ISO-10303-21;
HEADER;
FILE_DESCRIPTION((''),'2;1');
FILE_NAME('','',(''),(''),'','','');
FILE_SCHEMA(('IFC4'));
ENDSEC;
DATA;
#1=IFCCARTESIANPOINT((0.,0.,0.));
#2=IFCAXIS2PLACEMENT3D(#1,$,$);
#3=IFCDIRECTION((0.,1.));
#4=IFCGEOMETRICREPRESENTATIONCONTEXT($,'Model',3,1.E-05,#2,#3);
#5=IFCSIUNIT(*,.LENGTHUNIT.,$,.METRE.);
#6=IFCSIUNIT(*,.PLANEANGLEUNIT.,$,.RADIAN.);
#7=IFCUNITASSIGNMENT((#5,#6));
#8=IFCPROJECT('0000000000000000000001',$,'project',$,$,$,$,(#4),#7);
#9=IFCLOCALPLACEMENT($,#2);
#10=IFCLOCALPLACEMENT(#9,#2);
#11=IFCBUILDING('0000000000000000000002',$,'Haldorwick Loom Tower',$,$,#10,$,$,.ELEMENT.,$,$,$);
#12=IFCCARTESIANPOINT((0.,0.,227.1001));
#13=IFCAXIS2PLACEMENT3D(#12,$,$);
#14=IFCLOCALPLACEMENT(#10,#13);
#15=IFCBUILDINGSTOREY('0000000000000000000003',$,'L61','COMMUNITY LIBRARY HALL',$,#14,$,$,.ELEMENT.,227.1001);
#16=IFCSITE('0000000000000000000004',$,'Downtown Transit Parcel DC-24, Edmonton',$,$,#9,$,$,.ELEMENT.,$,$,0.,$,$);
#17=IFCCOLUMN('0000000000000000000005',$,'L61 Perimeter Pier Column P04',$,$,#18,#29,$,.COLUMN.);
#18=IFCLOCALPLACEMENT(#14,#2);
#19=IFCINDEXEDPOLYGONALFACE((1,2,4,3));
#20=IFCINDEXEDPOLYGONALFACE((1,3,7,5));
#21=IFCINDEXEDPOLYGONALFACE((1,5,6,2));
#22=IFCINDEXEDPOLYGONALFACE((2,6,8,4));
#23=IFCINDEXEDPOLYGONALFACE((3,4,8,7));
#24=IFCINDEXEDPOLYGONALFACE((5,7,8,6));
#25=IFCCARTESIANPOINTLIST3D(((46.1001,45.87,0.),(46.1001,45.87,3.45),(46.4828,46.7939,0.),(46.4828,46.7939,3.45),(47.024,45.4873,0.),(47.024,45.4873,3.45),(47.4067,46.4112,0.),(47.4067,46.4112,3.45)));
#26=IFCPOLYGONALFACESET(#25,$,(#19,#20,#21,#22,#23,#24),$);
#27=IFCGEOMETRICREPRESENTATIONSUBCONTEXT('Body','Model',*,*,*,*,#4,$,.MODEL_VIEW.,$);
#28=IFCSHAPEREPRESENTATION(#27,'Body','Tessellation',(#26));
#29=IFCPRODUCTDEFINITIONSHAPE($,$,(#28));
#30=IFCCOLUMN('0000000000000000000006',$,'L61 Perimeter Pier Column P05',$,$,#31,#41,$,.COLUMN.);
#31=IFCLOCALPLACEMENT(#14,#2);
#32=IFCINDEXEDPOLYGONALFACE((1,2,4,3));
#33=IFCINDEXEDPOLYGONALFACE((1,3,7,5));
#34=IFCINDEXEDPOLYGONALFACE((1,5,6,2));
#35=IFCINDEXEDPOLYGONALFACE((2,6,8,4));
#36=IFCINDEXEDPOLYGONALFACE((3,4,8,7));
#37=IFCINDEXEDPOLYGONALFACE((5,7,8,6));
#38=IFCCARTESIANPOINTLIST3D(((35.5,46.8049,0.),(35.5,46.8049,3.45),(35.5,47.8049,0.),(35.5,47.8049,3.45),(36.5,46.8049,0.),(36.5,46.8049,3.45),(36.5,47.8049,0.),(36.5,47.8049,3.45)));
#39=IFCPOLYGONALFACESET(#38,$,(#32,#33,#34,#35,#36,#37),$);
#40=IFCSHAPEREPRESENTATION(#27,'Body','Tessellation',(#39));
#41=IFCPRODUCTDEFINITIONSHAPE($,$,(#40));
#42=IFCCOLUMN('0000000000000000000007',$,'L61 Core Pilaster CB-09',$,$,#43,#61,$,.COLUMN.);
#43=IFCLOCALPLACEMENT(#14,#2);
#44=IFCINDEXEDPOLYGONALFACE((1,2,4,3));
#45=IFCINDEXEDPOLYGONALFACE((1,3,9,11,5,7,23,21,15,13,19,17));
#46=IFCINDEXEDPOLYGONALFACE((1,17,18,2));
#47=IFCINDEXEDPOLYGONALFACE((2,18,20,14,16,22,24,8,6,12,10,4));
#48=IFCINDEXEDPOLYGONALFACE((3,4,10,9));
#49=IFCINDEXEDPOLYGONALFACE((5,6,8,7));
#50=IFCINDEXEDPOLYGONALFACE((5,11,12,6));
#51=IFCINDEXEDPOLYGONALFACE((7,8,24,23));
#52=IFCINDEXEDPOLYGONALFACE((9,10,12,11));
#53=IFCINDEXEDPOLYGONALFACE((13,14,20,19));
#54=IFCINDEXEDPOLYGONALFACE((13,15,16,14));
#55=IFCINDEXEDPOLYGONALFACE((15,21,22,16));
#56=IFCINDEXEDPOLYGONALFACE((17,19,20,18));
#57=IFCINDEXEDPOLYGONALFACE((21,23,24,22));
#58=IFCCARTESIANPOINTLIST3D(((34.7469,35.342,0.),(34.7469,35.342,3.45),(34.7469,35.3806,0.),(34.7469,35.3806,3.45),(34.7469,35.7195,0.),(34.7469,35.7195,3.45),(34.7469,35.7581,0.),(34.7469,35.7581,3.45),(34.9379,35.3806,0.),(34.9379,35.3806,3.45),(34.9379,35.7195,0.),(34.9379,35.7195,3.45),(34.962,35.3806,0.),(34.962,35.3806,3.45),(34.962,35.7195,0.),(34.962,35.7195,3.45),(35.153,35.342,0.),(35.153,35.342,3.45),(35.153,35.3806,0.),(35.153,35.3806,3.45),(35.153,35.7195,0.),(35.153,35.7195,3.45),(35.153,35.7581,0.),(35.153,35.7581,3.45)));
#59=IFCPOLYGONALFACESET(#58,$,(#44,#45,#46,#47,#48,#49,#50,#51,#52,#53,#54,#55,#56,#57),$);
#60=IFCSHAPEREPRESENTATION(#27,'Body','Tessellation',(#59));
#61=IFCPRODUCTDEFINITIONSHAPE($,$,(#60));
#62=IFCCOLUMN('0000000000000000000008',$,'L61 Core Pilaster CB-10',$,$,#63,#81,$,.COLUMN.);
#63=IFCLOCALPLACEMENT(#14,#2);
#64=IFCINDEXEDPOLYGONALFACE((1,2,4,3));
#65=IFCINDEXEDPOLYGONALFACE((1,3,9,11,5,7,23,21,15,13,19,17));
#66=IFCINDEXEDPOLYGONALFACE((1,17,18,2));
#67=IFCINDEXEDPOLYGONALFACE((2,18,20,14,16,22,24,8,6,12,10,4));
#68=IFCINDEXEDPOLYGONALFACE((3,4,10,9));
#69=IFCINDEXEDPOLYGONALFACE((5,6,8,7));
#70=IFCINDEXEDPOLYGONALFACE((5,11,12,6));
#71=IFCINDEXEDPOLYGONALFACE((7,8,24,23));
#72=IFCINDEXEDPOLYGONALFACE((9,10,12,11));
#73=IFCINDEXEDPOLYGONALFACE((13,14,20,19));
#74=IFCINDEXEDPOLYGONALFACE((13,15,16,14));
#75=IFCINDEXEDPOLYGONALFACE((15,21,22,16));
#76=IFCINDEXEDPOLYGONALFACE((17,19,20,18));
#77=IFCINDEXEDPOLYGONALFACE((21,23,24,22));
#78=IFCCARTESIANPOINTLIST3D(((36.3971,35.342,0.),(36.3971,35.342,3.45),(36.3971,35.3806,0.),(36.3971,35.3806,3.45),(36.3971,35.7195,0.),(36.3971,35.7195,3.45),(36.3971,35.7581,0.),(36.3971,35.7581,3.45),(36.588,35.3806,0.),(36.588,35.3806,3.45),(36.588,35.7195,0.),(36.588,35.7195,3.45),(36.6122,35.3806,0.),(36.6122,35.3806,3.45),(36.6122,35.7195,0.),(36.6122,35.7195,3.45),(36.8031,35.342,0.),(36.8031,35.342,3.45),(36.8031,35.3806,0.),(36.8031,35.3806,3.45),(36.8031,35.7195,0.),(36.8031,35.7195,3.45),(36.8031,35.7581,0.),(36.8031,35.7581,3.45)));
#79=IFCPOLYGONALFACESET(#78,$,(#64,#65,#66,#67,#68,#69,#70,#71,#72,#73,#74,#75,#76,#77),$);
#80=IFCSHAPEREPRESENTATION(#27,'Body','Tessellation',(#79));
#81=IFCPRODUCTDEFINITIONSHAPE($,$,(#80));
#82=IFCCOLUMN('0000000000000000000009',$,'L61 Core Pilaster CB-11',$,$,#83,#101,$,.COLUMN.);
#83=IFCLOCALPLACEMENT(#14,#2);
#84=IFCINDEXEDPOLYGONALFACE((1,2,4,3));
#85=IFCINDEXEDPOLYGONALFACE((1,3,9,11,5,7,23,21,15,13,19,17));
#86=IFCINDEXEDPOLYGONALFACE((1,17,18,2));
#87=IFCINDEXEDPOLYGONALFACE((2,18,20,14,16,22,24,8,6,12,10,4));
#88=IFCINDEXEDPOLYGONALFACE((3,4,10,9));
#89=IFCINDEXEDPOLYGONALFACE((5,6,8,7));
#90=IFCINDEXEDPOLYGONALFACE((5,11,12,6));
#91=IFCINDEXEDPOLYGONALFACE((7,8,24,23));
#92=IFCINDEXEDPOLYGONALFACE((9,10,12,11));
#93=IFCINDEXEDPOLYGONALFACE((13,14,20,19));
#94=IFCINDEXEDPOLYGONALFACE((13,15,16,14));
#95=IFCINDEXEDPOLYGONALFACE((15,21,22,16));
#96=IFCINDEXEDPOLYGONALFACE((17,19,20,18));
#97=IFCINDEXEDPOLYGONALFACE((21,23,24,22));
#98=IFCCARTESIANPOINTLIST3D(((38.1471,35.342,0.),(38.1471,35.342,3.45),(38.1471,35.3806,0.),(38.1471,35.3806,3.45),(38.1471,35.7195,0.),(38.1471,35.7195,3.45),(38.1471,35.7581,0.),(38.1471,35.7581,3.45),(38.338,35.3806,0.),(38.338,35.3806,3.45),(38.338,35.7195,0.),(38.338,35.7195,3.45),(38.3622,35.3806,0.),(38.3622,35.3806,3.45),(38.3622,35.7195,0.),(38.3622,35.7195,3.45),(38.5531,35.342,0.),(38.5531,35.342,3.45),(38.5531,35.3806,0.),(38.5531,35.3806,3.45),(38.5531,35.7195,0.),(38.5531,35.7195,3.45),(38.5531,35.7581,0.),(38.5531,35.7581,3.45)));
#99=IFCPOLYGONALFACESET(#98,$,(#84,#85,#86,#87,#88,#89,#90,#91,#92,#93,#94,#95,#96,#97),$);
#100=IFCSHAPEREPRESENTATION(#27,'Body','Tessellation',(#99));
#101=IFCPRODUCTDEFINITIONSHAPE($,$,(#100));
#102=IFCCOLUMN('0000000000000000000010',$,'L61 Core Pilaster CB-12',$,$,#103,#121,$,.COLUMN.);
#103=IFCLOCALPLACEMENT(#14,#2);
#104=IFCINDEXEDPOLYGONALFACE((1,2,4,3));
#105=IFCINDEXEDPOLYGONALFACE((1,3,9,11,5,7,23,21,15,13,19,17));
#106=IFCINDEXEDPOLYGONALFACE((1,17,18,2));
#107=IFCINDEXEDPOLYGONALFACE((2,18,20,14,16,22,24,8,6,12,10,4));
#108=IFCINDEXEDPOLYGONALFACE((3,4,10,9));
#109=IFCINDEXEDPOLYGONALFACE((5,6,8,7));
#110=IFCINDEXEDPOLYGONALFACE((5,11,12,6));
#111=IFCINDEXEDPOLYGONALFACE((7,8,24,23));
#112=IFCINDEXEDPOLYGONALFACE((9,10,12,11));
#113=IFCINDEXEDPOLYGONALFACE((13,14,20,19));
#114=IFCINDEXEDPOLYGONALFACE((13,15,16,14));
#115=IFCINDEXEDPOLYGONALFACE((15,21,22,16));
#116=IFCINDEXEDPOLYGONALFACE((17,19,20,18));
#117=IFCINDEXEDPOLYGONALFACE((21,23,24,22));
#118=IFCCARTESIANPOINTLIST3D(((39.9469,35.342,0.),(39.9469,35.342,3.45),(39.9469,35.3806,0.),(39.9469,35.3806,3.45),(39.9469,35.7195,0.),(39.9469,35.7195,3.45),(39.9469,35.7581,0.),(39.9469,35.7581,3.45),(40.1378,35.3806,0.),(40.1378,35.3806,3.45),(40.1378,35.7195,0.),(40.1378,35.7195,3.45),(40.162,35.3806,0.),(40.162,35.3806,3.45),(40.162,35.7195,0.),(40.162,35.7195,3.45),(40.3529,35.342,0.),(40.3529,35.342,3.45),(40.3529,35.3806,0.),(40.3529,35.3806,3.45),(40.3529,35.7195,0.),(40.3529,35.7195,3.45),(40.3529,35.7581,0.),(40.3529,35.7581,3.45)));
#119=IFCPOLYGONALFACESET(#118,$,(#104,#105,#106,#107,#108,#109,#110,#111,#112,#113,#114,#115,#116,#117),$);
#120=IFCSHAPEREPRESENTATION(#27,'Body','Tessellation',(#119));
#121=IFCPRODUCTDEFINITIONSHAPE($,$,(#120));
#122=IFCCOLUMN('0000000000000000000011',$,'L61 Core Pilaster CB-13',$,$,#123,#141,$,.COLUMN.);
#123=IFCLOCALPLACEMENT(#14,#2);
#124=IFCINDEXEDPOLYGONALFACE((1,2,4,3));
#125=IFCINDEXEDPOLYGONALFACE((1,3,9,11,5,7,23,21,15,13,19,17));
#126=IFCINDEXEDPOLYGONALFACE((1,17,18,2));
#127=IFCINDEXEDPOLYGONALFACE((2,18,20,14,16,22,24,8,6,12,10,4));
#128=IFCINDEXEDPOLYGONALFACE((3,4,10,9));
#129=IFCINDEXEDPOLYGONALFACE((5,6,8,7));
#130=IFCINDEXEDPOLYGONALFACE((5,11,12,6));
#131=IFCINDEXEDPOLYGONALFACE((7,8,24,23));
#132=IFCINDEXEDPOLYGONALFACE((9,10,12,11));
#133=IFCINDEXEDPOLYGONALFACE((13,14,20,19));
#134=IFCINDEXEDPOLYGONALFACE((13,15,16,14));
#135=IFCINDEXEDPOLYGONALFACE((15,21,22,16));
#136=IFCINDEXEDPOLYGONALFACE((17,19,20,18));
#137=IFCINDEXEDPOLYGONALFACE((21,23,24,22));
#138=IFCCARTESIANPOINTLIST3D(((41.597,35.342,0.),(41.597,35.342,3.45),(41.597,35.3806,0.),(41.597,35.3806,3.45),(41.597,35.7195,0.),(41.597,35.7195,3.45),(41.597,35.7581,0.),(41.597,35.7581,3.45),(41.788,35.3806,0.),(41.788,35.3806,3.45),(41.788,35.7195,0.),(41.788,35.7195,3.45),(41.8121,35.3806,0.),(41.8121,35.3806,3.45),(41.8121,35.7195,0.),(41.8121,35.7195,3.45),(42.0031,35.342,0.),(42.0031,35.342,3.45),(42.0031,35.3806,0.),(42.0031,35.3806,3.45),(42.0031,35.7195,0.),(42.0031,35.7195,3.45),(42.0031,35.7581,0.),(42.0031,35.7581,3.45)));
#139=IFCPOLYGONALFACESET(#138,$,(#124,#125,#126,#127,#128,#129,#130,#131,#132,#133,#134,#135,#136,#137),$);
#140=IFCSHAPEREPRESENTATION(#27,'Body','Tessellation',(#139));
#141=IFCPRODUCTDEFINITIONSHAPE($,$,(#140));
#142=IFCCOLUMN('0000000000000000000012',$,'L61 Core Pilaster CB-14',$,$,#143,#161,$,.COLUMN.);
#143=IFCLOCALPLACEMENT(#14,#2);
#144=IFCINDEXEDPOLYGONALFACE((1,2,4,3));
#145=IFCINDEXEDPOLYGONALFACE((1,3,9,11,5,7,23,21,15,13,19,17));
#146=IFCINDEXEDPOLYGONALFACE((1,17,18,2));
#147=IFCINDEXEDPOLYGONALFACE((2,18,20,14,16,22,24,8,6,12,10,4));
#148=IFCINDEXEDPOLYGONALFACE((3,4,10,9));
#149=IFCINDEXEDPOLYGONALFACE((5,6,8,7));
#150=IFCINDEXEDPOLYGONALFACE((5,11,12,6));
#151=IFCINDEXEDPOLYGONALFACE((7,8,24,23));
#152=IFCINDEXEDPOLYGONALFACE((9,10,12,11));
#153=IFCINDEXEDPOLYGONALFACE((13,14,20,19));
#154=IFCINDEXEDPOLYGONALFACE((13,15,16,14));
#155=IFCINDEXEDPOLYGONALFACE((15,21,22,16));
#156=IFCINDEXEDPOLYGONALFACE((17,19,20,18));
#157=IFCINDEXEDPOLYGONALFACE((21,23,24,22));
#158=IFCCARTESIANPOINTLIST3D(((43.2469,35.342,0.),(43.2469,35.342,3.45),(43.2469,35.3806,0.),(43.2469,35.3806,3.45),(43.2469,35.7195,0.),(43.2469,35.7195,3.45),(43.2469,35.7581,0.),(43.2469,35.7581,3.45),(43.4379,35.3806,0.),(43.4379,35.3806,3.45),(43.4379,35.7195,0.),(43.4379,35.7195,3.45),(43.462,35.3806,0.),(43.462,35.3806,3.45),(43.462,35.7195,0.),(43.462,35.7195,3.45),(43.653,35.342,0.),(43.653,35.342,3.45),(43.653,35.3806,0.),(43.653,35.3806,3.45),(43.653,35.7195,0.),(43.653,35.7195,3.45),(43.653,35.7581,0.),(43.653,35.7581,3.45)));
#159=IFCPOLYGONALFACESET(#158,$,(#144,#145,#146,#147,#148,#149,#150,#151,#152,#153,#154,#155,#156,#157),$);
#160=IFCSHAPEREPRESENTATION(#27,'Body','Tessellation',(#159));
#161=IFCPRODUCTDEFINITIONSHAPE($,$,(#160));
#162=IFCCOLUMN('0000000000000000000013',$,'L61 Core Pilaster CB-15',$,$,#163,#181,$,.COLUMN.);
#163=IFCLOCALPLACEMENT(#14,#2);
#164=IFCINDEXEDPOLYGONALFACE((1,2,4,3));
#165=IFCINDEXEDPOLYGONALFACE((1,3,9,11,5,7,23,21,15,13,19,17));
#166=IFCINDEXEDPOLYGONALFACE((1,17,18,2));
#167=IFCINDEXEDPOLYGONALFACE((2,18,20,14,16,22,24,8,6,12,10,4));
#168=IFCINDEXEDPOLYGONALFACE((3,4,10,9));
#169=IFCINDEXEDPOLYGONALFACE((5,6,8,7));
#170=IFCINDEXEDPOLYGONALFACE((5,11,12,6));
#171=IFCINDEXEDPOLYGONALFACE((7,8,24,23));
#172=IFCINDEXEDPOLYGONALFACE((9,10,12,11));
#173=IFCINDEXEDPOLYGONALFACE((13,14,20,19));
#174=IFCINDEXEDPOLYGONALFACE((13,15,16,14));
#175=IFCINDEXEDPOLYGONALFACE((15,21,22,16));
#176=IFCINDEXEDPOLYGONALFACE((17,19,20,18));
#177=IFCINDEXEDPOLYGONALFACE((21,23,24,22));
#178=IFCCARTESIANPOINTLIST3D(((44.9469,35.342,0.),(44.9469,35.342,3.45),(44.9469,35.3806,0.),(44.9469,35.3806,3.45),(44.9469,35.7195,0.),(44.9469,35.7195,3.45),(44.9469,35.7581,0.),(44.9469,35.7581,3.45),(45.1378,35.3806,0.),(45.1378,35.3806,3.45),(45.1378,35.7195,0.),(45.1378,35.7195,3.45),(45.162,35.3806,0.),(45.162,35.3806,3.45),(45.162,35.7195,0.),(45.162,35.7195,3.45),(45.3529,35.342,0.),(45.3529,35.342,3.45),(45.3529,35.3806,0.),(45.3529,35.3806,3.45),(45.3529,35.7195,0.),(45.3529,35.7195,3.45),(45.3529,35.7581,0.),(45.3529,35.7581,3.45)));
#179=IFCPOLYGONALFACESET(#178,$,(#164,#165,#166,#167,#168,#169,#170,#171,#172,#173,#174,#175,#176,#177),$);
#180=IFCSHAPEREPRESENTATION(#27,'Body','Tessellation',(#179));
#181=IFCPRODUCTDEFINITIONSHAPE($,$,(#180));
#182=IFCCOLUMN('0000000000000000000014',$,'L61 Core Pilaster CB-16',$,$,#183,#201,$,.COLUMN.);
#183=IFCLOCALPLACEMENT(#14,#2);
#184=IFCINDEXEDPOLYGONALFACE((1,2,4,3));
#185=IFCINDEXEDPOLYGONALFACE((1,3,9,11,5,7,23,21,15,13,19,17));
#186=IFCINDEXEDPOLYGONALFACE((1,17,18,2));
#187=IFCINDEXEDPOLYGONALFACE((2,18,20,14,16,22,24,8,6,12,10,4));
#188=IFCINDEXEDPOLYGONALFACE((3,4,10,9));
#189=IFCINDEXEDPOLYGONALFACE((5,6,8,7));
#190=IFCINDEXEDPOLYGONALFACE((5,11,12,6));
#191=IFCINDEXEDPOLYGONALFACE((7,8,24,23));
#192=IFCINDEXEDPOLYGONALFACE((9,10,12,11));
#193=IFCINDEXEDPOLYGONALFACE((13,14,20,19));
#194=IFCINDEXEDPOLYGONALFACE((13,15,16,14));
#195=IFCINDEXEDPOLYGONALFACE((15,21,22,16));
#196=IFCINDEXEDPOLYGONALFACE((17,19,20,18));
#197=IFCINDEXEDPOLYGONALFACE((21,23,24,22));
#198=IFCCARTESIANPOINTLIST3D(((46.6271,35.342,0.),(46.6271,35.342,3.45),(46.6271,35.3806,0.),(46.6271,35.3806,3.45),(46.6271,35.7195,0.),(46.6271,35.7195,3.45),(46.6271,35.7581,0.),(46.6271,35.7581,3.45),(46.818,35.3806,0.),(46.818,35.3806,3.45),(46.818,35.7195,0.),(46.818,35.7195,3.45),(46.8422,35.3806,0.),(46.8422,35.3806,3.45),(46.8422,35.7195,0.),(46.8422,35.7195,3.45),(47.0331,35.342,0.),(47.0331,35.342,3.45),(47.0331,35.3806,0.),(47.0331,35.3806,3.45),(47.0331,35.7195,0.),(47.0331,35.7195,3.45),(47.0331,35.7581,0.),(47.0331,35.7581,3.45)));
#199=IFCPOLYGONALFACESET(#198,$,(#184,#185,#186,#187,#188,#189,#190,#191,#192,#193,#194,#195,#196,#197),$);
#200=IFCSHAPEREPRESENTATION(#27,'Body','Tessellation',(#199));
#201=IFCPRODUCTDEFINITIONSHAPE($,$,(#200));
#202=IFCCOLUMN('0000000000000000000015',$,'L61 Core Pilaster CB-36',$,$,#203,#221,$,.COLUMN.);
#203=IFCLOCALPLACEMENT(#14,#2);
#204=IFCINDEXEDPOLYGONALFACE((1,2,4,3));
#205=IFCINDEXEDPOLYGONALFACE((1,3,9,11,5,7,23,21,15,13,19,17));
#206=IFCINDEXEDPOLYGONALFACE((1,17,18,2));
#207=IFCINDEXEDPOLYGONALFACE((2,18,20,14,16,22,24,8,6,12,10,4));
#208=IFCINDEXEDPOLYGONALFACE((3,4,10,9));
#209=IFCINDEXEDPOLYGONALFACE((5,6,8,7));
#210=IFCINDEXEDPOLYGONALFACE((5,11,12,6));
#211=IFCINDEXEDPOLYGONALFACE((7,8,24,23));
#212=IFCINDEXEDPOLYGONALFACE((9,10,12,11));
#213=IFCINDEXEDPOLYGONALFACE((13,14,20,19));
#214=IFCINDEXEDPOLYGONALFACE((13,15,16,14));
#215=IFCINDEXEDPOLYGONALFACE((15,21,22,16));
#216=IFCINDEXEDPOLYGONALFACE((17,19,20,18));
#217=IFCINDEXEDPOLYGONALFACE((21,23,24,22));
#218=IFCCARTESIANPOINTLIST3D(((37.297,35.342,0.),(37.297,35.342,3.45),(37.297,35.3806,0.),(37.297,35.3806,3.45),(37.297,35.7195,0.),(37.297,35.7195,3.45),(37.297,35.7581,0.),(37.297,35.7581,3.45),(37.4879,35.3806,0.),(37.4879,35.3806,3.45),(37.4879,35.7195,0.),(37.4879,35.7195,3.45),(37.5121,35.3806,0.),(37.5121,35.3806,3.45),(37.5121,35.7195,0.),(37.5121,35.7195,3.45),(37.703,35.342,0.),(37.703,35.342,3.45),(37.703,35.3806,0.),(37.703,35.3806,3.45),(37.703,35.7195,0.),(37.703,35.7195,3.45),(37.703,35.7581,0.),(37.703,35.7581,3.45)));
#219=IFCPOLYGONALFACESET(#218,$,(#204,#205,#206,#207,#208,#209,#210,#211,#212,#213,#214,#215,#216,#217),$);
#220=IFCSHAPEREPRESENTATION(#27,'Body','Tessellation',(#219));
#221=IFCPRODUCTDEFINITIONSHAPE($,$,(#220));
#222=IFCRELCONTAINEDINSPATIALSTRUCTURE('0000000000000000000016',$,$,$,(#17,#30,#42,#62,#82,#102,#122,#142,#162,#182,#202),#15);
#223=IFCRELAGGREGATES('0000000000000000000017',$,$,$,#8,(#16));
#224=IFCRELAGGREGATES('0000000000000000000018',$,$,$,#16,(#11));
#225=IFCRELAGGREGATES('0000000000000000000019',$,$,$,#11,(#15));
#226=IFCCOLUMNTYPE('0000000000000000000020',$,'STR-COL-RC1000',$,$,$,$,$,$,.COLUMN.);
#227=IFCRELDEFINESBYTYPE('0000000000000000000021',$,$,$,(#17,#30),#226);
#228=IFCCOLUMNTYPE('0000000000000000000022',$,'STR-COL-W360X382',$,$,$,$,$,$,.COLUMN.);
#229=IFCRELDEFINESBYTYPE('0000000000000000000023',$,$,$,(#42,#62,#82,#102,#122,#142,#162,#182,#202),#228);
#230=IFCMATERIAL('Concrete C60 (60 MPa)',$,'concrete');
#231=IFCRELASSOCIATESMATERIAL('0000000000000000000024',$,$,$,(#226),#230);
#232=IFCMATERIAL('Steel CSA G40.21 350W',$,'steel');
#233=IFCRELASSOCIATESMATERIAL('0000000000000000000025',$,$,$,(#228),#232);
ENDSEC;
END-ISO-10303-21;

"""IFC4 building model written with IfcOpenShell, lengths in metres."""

from ifc_helpers import new_model, si_unit, direction, frame, origin, origin_2d, place, context, subcontext, project, spatial, rectangle, i_section, extrude, material, material_profile, profile_set, type_object, element, save


model = new_model("IFC4")

# Units and contexts
model_context = context("Model", 3, precision=1e-05, world=origin(), true_north=direction((0.0, 1.0)))
body_context = subcontext(model_context, "Body", "Model", "MODEL_VIEW")
ifc_project = project(units=[si_unit("LENGTHUNIT", "METRE"), si_unit("PLANEANGLEUNIT", "RADIAN")], contexts=[model_context])

# Site, building, storey
site_placement = place(None, origin())
site = spatial("IfcSite", under=ifc_project, at=site_placement, Name="Downtown Transit Parcel DC-24, Edmonton", CompositionType="ELEMENT", RefElevation=0.0)
building_placement = place(site_placement, origin())
building = spatial("IfcBuilding", under=site, at=building_placement, Name="Haldorwick Loom Tower", CompositionType="ELEMENT")
storey_placement = place(building_placement, frame((0.0, 0.0, 227.1001)))
storey = spatial("IfcBuildingStorey", under=building, at=storey_placement, Name="L61", Description="COMMUNITY LIBRARY HALL", CompositionType="ELEMENT", Elevation=227.1001)

# Columns
ifc_material_1 = material(Name="Concrete C60 (60 MPa)", Category="concrete")
ifc_material_profile_1 = material_profile(ifc_material_1, rectangle(XDim=1.0, YDim=1.0, at=origin_2d()), Name="RC1000X1000", Category="concrete")
ifc_profile_set_1 = profile_set([ifc_material_profile_1], Name="Concrete C60 (60 MPa)")
column_type_1 = type_object("IfcColumnType", Name="STR-COL-RC1000", PredefinedType="COLUMN", material=ifc_profile_set_1)
for number, where, z_axis, x_axis, name in (
    (1, (46.7534, 46.1406, 0.0), (0.0, 0.0, 1.0), (0.382683, 0.92388, 0.0), "L61 Perimeter Pier Column P04"),
    (2, (36.0, 47.3049, 0.0), (0.0, 0.0, 1.0), (0.0, 1.0, 0.0), "L61 Perimeter Pier Column P05"),
):
    element("IfcColumn", number, at=place(storey_placement, frame(where, z_axis=z_axis, x_axis=x_axis)), inside=storey, type_object=column_type_1, Name=name, PredefinedType="COLUMN", context=body_context, shape_type="SweptSolid", body=[
        extrude(rectangle(XDim=1.0, YDim=1.0, at=origin_2d()), origin(), (0.0, 0.0, 1.0), 3.45),
    ])
ifc_material_2 = material(Name="Steel CSA G40.21 350W", Category="steel")
ifc_material_profile_2 = material_profile(ifc_material_2, i_section(OverallWidth=0.406, OverallDepth=0.416, WebThickness=0.0242, FlangeThickness=0.0386, at=origin_2d()), Name="W360X382", Category="steel")
ifc_profile_set_2 = profile_set([ifc_material_profile_2], Name="Steel CSA G40.21 350W")
column_type_2 = type_object("IfcColumnType", Name="STR-COL-W360X382", PredefinedType="COLUMN", material=ifc_profile_set_2)
for number, where, z_axis, x_axis, name in (
    (3, (34.95, 35.55, 0.0), (0.0, 0.0, 1.0), (1.0, 0.0, 0.0), "L61 Core Pilaster CB-09"),
    (4, (36.6001, 35.55, 0.0), (0.0, 0.0, 1.0), (1.0, 0.0, 0.0), "L61 Core Pilaster CB-10"),
    (5, (38.3501, 35.55, 0.0), (0.0, 0.0, 1.0), (1.0, 0.0, 0.0), "L61 Core Pilaster CB-11"),
    (6, (40.1499, 35.55, 0.0), (0.0, 0.0, 1.0), (1.0, 0.0, 0.0), "L61 Core Pilaster CB-12"),
    (7, (41.8, 35.55, 0.0), (0.0, 0.0, 1.0), (1.0, 0.0, 0.0), "L61 Core Pilaster CB-13"),
    (8, (43.45, 35.55, 0.0), (0.0, 0.0, 1.0), (1.0, 0.0, 0.0), "L61 Core Pilaster CB-14"),
    (9, (45.1499, 35.55, 0.0), (0.0, 0.0, 1.0), (1.0, 0.0, 0.0), "L61 Core Pilaster CB-15"),
    (10, (46.8301, 35.55, 0.0), (0.0, 0.0, 1.0), (1.0, 0.0, 0.0), "L61 Core Pilaster CB-16"),
    (11, (37.5, 35.55, 0.0), (0.0, 0.0, 1.0), (1.0, 0.0, 0.0), "L61 Core Pilaster CB-36"),
):
    element("IfcColumn", number, at=place(storey_placement, frame(where, z_axis=z_axis, x_axis=x_axis)), inside=storey, type_object=column_type_2, Name=name, PredefinedType="COLUMN", context=body_context, shape_type="SweptSolid", body=[
        extrude(i_section(OverallWidth=0.406, OverallDepth=0.416, WebThickness=0.0242, FlangeThickness=0.0386, at=origin_2d()), origin(), (0.0, 0.0, 1.0), 3.45),
    ])

save(model, "model.ifc")
